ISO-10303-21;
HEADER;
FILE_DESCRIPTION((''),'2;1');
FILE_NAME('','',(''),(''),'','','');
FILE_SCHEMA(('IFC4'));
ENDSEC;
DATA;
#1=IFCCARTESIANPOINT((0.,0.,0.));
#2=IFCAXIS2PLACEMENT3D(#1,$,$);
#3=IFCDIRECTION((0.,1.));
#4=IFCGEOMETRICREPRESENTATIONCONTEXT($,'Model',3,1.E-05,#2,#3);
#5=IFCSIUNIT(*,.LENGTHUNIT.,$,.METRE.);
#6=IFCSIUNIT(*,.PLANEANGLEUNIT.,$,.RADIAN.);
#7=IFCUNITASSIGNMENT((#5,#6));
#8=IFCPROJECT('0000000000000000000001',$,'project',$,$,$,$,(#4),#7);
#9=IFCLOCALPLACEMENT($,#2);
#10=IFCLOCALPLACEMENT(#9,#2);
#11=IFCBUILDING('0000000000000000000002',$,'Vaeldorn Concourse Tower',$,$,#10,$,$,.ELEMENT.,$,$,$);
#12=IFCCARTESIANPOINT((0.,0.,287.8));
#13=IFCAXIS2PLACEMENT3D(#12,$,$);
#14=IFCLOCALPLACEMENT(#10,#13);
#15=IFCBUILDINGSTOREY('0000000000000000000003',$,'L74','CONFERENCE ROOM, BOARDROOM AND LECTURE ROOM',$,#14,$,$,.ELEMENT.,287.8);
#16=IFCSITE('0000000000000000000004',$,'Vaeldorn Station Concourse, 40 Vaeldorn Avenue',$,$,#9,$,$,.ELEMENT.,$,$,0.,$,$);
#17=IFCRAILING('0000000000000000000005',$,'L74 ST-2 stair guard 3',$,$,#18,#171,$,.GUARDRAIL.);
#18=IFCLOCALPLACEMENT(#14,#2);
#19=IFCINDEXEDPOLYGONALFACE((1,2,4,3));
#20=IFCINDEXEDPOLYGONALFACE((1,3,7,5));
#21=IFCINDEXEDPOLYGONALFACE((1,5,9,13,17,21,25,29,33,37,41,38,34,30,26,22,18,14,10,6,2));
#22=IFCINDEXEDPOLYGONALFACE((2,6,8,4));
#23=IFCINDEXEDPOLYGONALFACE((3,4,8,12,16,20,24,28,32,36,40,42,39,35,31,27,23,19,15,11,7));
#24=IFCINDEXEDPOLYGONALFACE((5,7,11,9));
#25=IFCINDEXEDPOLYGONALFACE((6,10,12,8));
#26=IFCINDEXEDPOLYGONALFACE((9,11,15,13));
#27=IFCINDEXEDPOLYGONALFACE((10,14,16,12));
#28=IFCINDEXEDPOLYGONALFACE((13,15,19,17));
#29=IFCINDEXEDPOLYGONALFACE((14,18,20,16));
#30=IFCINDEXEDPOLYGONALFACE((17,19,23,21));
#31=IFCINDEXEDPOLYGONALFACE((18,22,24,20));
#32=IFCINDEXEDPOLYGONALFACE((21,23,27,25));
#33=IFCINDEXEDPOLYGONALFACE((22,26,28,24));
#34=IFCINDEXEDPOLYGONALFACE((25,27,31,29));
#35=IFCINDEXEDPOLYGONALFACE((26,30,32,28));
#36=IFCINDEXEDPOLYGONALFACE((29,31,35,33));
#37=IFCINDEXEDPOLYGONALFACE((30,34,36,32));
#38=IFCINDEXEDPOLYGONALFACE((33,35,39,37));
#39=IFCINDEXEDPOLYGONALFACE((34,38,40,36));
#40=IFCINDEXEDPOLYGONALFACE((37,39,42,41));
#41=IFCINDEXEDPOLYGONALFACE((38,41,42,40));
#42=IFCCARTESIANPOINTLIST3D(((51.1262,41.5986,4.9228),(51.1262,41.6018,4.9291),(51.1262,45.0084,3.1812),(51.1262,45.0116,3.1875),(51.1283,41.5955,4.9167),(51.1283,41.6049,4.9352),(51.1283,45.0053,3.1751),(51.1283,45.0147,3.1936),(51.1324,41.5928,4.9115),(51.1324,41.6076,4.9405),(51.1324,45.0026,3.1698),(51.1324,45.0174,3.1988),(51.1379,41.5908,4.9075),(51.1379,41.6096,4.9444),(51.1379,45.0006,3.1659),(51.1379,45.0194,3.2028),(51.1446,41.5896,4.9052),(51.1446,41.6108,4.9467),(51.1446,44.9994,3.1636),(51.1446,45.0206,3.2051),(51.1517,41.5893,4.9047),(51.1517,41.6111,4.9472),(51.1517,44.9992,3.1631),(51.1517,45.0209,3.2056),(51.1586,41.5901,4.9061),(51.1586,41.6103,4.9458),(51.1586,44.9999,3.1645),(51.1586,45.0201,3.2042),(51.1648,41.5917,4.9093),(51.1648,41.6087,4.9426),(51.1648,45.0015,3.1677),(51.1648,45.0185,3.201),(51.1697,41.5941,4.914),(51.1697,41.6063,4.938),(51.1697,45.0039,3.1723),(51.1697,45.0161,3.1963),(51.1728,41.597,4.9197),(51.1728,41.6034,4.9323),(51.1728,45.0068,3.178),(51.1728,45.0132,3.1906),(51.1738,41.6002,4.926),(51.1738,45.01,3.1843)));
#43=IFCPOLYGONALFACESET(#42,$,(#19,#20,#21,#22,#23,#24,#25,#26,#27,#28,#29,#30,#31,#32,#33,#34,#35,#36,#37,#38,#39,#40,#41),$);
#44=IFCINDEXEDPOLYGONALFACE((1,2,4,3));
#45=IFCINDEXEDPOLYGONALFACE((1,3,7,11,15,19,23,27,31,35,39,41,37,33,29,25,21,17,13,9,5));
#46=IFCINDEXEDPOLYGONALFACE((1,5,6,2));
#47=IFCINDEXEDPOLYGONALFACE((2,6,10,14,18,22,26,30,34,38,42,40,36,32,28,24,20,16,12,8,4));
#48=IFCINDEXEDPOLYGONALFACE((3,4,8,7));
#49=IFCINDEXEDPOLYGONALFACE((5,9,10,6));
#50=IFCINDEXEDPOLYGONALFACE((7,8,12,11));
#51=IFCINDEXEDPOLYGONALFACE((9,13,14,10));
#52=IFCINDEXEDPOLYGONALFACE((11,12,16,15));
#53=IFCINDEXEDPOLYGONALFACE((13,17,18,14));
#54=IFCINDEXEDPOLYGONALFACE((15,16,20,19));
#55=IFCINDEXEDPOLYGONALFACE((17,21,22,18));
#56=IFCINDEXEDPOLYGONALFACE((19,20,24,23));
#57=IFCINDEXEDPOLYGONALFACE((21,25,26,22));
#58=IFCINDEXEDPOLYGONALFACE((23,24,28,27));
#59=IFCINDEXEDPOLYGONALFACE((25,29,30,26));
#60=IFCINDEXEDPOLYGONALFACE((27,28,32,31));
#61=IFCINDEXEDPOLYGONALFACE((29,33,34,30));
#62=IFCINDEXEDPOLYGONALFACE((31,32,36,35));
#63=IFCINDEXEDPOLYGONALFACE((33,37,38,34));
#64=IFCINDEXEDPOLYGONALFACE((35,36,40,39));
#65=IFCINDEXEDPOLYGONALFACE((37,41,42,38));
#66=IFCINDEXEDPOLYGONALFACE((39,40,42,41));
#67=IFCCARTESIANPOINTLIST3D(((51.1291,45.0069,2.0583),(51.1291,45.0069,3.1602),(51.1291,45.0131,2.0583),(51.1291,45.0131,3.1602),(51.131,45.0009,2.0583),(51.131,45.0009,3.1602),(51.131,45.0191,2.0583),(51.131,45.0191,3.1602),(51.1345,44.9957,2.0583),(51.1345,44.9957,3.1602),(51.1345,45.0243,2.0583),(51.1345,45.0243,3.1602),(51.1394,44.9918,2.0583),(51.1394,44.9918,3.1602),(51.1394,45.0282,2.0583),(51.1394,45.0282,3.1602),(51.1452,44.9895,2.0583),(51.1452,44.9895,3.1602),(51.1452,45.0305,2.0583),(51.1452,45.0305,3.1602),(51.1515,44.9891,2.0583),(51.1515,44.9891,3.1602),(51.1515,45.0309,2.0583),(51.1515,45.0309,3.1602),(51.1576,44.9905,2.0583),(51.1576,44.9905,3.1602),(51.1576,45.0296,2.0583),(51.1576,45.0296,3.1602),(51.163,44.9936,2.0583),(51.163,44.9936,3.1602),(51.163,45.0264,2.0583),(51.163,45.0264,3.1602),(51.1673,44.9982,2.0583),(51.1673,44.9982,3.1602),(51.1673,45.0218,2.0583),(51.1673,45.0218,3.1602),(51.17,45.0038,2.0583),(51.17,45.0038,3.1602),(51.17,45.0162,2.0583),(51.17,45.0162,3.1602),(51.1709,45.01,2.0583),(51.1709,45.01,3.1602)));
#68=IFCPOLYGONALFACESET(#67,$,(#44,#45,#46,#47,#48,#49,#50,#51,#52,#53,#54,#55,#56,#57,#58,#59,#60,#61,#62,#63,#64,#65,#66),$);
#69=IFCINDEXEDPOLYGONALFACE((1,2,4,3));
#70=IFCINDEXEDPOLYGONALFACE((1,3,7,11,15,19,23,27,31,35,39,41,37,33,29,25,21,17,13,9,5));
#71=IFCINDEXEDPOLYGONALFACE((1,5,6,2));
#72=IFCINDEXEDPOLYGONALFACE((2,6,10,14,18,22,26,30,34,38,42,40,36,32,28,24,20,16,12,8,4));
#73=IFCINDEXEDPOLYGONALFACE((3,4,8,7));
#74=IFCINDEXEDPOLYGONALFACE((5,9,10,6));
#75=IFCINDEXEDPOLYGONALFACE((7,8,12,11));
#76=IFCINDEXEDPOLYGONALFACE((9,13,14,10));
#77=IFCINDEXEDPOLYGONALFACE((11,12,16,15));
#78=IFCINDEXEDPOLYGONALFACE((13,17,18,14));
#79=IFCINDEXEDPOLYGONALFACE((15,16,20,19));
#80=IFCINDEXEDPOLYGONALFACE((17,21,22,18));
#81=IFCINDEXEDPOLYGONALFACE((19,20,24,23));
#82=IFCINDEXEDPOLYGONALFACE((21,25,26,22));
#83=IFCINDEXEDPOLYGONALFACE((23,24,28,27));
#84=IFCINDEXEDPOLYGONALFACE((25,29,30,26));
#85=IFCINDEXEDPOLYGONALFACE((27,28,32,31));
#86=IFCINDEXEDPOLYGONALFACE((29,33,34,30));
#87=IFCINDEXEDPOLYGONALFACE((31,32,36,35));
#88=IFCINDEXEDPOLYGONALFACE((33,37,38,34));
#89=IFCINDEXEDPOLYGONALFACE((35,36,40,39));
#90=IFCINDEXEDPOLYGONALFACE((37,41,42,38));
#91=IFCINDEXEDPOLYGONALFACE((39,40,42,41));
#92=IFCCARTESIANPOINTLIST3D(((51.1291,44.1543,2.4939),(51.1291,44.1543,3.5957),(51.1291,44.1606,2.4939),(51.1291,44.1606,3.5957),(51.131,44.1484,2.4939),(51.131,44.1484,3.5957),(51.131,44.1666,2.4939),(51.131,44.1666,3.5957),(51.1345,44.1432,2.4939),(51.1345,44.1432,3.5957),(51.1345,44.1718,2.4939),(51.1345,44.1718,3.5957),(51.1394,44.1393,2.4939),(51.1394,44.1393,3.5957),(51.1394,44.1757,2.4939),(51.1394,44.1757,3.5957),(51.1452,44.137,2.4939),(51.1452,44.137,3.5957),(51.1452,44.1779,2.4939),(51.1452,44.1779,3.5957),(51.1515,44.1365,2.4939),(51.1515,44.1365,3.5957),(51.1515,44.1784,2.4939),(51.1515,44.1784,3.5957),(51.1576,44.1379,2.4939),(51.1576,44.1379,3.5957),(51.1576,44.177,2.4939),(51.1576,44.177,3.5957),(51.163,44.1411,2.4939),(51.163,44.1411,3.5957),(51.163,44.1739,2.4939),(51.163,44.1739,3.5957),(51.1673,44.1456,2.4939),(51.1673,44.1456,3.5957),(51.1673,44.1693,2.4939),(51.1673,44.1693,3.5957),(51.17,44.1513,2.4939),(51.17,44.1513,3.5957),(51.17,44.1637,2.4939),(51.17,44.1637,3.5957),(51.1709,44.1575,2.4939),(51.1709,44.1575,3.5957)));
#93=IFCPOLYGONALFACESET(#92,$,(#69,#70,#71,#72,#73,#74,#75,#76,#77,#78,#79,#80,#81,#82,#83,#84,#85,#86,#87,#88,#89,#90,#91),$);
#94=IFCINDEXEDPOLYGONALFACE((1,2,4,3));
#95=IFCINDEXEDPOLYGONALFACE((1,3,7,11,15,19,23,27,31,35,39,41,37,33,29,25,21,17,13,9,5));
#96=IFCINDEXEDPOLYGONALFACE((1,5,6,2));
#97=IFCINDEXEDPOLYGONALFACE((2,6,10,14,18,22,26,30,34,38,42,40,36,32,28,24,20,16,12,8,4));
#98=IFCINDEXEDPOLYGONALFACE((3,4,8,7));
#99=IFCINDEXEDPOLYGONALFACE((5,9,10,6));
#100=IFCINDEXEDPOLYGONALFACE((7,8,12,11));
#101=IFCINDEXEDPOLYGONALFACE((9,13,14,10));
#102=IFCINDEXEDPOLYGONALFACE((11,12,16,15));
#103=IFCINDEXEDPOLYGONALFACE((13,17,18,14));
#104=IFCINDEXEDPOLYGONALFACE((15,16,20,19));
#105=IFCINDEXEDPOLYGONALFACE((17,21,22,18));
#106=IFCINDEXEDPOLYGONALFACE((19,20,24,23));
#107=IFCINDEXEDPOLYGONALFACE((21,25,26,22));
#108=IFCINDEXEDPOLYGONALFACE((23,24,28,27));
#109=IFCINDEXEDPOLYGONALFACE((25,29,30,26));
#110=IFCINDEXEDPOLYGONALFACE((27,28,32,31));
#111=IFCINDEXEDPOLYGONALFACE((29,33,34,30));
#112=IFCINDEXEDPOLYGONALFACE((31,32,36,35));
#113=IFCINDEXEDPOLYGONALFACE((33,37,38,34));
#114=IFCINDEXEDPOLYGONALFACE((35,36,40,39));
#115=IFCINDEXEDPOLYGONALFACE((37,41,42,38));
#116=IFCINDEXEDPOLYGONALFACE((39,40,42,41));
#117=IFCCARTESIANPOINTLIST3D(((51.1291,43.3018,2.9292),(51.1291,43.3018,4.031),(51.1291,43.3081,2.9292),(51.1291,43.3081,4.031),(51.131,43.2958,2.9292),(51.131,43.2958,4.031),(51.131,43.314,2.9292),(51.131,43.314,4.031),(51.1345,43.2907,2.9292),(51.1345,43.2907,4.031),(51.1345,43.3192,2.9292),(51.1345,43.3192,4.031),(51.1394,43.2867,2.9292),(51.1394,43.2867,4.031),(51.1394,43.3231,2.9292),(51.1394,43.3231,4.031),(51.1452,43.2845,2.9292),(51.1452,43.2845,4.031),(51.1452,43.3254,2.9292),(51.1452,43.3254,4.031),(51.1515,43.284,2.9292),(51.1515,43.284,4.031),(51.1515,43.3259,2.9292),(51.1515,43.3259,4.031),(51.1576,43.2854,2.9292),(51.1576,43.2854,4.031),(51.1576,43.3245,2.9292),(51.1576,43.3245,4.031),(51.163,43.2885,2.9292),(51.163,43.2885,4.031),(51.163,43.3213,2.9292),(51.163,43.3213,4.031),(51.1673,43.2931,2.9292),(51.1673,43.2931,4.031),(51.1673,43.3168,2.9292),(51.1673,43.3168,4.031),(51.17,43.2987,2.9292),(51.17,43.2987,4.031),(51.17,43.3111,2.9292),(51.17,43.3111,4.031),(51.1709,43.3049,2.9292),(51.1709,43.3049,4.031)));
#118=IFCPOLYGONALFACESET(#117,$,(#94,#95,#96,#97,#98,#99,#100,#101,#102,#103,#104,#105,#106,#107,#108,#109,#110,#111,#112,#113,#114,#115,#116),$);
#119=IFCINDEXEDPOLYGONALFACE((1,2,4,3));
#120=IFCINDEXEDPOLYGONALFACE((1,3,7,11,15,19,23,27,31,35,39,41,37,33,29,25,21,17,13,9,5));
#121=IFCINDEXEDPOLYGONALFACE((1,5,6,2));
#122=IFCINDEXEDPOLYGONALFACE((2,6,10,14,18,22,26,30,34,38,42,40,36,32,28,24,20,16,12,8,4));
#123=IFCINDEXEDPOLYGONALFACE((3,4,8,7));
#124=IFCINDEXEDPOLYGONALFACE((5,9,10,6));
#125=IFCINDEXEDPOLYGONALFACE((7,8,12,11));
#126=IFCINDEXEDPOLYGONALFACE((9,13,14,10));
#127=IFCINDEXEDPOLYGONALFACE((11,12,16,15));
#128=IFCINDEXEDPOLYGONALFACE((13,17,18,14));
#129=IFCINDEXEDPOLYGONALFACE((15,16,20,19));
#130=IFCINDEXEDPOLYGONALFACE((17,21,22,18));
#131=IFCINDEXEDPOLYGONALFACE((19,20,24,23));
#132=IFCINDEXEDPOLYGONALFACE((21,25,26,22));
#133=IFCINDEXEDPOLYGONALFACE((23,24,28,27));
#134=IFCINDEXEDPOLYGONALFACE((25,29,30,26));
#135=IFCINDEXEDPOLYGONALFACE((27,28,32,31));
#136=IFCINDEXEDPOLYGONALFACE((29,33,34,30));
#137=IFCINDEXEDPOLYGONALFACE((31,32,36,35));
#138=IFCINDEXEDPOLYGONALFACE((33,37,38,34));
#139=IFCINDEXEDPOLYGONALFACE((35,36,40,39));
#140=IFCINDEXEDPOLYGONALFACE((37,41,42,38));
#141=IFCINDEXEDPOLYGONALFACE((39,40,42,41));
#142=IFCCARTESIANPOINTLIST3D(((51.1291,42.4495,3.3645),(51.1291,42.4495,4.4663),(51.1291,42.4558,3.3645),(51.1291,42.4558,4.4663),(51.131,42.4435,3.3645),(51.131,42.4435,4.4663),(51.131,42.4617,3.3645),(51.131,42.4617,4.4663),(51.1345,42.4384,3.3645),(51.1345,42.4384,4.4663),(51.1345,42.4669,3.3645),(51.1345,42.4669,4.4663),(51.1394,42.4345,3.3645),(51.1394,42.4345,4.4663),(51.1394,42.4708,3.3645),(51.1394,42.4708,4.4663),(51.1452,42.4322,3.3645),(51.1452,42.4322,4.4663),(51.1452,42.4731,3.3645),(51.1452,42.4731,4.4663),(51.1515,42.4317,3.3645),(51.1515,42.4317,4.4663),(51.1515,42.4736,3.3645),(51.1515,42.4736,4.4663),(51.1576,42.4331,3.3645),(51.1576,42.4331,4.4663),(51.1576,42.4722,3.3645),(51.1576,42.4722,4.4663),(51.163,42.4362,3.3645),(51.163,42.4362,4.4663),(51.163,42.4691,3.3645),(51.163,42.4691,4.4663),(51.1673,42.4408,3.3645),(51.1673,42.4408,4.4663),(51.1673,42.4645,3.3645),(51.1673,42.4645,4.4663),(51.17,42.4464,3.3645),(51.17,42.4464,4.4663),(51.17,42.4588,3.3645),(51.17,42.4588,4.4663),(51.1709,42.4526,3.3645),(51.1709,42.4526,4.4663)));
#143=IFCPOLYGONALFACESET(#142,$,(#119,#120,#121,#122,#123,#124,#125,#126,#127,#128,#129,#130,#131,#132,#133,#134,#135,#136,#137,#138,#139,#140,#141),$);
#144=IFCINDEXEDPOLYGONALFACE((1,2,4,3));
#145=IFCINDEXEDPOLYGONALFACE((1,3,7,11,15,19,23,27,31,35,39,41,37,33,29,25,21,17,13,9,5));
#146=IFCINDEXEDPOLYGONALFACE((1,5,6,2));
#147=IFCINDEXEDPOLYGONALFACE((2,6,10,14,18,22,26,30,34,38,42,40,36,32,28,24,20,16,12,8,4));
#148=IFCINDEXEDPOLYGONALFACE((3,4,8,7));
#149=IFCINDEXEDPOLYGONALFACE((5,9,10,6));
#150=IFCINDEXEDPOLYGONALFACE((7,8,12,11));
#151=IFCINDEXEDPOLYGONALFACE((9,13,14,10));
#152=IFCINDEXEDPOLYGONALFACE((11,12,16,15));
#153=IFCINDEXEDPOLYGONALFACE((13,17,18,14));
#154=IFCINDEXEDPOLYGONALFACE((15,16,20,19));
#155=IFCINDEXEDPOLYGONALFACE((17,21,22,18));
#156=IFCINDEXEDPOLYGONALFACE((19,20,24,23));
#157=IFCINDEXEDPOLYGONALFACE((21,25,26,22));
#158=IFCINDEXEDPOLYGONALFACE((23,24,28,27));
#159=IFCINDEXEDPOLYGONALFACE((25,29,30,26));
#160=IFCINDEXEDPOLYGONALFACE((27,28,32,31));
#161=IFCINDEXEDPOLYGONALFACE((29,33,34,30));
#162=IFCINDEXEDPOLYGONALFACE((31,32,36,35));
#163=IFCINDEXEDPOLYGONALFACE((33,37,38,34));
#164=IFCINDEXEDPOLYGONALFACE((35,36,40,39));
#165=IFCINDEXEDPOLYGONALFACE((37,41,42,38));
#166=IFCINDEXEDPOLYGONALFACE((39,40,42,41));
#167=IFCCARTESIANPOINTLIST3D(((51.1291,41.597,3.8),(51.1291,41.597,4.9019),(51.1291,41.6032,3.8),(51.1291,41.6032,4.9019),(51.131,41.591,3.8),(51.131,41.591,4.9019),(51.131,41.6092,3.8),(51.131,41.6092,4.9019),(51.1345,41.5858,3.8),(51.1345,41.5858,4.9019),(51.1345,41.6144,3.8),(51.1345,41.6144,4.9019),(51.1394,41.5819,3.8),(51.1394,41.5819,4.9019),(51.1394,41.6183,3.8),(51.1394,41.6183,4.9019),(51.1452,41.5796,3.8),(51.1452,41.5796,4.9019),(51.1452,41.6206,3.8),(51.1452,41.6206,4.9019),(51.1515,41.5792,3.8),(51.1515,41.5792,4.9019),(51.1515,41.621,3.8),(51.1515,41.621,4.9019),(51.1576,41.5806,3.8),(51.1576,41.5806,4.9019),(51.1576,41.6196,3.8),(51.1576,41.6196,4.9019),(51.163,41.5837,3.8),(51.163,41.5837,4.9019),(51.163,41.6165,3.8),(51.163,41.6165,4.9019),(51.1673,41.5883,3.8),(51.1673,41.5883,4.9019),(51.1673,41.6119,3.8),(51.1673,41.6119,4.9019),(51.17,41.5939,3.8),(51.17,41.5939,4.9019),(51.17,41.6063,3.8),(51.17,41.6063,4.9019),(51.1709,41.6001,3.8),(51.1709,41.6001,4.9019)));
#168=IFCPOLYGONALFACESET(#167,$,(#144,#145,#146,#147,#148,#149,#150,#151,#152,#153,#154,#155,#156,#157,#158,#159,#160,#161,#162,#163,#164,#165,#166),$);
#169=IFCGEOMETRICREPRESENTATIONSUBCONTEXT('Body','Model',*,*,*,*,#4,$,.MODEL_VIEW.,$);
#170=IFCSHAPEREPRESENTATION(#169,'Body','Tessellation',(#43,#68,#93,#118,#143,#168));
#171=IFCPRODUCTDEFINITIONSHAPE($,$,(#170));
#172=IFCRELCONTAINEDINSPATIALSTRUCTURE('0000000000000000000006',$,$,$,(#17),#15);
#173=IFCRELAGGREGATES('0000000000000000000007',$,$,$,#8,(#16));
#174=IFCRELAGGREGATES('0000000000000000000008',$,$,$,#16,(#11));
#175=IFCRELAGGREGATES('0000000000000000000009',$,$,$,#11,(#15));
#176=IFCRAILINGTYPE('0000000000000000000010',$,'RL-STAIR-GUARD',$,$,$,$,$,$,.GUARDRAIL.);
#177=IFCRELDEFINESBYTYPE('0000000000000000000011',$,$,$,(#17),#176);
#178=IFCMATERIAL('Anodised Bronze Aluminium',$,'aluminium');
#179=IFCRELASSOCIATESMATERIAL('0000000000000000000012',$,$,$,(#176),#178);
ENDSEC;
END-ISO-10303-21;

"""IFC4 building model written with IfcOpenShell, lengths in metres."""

from ifc_helpers import new_model, si_unit, direction, frame, origin, origin_2d, place, context, subcontext, project, spatial, circle, extrude, material, type_object, element, save


model = new_model("IFC4")

# Units and contexts
model_context = context("Model", 3, precision=1e-05, world=origin(), true_north=direction((0.0, 1.0)))
body_context = subcontext(model_context, "Body", "Model", "MODEL_VIEW")
ifc_project = project(units=[si_unit("LENGTHUNIT", "METRE"), si_unit("PLANEANGLEUNIT", "RADIAN")], contexts=[model_context])

# Site, building, storey
site_placement = place(None, origin())
site = spatial("IfcSite", under=ifc_project, at=site_placement, Name="Vaeldorn Station Concourse, 40 Vaeldorn Avenue", CompositionType="ELEMENT", RefElevation=0.0)
building_placement = place(site_placement, origin())
building = spatial("IfcBuilding", under=site, at=building_placement, Name="Vaeldorn Concourse Tower", CompositionType="ELEMENT")
storey_placement = place(building_placement, frame((0.0, 0.0, 287.8)))
storey = spatial("IfcBuildingStorey", under=building, at=storey_placement, Name="L74", Description="CONFERENCE ROOM, BOARDROOM AND LECTURE ROOM", CompositionType="ELEMENT", Elevation=287.8)

# Shared definitions
ifc_material_1 = material(Name="Anodised Bronze Aluminium", Category="aluminium")

# Railing
railing_type_1 = type_object("IfcRailingType", Name="RL-STAIR-GUARD", PredefinedType="GUARDRAIL", material=ifc_material_1)
railing_1_placement = place(storey_placement, frame((51.1499, 45.01, 2.0583)))
element("IfcRailing", 1, at=railing_1_placement, inside=storey, type_object=railing_type_1, Name="L74 ST-2 stair guard 3", PredefinedType="GUARDRAIL", context=body_context, shape_type="SweptSolid", body=[
    extrude(circle(Radius=0.0239, at=origin_2d()), frame((0.0, 0.0, 1.126), z_axis=(0.0, -0.890556, 0.454874), x_axis=(1.0, 0.0, 0.0)), (0.0, 0.0, 1.0), 3.8289),
    extrude(circle(Radius=0.021, at=origin_2d()), origin(), (0.0, 0.0, 1.0), 1.1018),
    extrude(circle(Radius=0.021, at=origin_2d()), frame((0.0, -0.8525, 0.4355)), (0.0, 0.0, 1.0), 1.1018),
    extrude(circle(Radius=0.021, at=origin_2d()), frame((0.0, -1.7051, 0.8708)), (0.0, 0.0, 1.0), 1.1018),
    extrude(circle(Radius=0.021, at=origin_2d()), frame((0.0, -2.5574, 1.3062)), (0.0, 0.0, 1.0), 1.1018),
    extrude(circle(Radius=0.021, at=origin_2d()), frame((0.0, -3.4099, 1.7417)), (0.0, 0.0, 1.0), 1.1018),
])

save(model, "model.ifc")
